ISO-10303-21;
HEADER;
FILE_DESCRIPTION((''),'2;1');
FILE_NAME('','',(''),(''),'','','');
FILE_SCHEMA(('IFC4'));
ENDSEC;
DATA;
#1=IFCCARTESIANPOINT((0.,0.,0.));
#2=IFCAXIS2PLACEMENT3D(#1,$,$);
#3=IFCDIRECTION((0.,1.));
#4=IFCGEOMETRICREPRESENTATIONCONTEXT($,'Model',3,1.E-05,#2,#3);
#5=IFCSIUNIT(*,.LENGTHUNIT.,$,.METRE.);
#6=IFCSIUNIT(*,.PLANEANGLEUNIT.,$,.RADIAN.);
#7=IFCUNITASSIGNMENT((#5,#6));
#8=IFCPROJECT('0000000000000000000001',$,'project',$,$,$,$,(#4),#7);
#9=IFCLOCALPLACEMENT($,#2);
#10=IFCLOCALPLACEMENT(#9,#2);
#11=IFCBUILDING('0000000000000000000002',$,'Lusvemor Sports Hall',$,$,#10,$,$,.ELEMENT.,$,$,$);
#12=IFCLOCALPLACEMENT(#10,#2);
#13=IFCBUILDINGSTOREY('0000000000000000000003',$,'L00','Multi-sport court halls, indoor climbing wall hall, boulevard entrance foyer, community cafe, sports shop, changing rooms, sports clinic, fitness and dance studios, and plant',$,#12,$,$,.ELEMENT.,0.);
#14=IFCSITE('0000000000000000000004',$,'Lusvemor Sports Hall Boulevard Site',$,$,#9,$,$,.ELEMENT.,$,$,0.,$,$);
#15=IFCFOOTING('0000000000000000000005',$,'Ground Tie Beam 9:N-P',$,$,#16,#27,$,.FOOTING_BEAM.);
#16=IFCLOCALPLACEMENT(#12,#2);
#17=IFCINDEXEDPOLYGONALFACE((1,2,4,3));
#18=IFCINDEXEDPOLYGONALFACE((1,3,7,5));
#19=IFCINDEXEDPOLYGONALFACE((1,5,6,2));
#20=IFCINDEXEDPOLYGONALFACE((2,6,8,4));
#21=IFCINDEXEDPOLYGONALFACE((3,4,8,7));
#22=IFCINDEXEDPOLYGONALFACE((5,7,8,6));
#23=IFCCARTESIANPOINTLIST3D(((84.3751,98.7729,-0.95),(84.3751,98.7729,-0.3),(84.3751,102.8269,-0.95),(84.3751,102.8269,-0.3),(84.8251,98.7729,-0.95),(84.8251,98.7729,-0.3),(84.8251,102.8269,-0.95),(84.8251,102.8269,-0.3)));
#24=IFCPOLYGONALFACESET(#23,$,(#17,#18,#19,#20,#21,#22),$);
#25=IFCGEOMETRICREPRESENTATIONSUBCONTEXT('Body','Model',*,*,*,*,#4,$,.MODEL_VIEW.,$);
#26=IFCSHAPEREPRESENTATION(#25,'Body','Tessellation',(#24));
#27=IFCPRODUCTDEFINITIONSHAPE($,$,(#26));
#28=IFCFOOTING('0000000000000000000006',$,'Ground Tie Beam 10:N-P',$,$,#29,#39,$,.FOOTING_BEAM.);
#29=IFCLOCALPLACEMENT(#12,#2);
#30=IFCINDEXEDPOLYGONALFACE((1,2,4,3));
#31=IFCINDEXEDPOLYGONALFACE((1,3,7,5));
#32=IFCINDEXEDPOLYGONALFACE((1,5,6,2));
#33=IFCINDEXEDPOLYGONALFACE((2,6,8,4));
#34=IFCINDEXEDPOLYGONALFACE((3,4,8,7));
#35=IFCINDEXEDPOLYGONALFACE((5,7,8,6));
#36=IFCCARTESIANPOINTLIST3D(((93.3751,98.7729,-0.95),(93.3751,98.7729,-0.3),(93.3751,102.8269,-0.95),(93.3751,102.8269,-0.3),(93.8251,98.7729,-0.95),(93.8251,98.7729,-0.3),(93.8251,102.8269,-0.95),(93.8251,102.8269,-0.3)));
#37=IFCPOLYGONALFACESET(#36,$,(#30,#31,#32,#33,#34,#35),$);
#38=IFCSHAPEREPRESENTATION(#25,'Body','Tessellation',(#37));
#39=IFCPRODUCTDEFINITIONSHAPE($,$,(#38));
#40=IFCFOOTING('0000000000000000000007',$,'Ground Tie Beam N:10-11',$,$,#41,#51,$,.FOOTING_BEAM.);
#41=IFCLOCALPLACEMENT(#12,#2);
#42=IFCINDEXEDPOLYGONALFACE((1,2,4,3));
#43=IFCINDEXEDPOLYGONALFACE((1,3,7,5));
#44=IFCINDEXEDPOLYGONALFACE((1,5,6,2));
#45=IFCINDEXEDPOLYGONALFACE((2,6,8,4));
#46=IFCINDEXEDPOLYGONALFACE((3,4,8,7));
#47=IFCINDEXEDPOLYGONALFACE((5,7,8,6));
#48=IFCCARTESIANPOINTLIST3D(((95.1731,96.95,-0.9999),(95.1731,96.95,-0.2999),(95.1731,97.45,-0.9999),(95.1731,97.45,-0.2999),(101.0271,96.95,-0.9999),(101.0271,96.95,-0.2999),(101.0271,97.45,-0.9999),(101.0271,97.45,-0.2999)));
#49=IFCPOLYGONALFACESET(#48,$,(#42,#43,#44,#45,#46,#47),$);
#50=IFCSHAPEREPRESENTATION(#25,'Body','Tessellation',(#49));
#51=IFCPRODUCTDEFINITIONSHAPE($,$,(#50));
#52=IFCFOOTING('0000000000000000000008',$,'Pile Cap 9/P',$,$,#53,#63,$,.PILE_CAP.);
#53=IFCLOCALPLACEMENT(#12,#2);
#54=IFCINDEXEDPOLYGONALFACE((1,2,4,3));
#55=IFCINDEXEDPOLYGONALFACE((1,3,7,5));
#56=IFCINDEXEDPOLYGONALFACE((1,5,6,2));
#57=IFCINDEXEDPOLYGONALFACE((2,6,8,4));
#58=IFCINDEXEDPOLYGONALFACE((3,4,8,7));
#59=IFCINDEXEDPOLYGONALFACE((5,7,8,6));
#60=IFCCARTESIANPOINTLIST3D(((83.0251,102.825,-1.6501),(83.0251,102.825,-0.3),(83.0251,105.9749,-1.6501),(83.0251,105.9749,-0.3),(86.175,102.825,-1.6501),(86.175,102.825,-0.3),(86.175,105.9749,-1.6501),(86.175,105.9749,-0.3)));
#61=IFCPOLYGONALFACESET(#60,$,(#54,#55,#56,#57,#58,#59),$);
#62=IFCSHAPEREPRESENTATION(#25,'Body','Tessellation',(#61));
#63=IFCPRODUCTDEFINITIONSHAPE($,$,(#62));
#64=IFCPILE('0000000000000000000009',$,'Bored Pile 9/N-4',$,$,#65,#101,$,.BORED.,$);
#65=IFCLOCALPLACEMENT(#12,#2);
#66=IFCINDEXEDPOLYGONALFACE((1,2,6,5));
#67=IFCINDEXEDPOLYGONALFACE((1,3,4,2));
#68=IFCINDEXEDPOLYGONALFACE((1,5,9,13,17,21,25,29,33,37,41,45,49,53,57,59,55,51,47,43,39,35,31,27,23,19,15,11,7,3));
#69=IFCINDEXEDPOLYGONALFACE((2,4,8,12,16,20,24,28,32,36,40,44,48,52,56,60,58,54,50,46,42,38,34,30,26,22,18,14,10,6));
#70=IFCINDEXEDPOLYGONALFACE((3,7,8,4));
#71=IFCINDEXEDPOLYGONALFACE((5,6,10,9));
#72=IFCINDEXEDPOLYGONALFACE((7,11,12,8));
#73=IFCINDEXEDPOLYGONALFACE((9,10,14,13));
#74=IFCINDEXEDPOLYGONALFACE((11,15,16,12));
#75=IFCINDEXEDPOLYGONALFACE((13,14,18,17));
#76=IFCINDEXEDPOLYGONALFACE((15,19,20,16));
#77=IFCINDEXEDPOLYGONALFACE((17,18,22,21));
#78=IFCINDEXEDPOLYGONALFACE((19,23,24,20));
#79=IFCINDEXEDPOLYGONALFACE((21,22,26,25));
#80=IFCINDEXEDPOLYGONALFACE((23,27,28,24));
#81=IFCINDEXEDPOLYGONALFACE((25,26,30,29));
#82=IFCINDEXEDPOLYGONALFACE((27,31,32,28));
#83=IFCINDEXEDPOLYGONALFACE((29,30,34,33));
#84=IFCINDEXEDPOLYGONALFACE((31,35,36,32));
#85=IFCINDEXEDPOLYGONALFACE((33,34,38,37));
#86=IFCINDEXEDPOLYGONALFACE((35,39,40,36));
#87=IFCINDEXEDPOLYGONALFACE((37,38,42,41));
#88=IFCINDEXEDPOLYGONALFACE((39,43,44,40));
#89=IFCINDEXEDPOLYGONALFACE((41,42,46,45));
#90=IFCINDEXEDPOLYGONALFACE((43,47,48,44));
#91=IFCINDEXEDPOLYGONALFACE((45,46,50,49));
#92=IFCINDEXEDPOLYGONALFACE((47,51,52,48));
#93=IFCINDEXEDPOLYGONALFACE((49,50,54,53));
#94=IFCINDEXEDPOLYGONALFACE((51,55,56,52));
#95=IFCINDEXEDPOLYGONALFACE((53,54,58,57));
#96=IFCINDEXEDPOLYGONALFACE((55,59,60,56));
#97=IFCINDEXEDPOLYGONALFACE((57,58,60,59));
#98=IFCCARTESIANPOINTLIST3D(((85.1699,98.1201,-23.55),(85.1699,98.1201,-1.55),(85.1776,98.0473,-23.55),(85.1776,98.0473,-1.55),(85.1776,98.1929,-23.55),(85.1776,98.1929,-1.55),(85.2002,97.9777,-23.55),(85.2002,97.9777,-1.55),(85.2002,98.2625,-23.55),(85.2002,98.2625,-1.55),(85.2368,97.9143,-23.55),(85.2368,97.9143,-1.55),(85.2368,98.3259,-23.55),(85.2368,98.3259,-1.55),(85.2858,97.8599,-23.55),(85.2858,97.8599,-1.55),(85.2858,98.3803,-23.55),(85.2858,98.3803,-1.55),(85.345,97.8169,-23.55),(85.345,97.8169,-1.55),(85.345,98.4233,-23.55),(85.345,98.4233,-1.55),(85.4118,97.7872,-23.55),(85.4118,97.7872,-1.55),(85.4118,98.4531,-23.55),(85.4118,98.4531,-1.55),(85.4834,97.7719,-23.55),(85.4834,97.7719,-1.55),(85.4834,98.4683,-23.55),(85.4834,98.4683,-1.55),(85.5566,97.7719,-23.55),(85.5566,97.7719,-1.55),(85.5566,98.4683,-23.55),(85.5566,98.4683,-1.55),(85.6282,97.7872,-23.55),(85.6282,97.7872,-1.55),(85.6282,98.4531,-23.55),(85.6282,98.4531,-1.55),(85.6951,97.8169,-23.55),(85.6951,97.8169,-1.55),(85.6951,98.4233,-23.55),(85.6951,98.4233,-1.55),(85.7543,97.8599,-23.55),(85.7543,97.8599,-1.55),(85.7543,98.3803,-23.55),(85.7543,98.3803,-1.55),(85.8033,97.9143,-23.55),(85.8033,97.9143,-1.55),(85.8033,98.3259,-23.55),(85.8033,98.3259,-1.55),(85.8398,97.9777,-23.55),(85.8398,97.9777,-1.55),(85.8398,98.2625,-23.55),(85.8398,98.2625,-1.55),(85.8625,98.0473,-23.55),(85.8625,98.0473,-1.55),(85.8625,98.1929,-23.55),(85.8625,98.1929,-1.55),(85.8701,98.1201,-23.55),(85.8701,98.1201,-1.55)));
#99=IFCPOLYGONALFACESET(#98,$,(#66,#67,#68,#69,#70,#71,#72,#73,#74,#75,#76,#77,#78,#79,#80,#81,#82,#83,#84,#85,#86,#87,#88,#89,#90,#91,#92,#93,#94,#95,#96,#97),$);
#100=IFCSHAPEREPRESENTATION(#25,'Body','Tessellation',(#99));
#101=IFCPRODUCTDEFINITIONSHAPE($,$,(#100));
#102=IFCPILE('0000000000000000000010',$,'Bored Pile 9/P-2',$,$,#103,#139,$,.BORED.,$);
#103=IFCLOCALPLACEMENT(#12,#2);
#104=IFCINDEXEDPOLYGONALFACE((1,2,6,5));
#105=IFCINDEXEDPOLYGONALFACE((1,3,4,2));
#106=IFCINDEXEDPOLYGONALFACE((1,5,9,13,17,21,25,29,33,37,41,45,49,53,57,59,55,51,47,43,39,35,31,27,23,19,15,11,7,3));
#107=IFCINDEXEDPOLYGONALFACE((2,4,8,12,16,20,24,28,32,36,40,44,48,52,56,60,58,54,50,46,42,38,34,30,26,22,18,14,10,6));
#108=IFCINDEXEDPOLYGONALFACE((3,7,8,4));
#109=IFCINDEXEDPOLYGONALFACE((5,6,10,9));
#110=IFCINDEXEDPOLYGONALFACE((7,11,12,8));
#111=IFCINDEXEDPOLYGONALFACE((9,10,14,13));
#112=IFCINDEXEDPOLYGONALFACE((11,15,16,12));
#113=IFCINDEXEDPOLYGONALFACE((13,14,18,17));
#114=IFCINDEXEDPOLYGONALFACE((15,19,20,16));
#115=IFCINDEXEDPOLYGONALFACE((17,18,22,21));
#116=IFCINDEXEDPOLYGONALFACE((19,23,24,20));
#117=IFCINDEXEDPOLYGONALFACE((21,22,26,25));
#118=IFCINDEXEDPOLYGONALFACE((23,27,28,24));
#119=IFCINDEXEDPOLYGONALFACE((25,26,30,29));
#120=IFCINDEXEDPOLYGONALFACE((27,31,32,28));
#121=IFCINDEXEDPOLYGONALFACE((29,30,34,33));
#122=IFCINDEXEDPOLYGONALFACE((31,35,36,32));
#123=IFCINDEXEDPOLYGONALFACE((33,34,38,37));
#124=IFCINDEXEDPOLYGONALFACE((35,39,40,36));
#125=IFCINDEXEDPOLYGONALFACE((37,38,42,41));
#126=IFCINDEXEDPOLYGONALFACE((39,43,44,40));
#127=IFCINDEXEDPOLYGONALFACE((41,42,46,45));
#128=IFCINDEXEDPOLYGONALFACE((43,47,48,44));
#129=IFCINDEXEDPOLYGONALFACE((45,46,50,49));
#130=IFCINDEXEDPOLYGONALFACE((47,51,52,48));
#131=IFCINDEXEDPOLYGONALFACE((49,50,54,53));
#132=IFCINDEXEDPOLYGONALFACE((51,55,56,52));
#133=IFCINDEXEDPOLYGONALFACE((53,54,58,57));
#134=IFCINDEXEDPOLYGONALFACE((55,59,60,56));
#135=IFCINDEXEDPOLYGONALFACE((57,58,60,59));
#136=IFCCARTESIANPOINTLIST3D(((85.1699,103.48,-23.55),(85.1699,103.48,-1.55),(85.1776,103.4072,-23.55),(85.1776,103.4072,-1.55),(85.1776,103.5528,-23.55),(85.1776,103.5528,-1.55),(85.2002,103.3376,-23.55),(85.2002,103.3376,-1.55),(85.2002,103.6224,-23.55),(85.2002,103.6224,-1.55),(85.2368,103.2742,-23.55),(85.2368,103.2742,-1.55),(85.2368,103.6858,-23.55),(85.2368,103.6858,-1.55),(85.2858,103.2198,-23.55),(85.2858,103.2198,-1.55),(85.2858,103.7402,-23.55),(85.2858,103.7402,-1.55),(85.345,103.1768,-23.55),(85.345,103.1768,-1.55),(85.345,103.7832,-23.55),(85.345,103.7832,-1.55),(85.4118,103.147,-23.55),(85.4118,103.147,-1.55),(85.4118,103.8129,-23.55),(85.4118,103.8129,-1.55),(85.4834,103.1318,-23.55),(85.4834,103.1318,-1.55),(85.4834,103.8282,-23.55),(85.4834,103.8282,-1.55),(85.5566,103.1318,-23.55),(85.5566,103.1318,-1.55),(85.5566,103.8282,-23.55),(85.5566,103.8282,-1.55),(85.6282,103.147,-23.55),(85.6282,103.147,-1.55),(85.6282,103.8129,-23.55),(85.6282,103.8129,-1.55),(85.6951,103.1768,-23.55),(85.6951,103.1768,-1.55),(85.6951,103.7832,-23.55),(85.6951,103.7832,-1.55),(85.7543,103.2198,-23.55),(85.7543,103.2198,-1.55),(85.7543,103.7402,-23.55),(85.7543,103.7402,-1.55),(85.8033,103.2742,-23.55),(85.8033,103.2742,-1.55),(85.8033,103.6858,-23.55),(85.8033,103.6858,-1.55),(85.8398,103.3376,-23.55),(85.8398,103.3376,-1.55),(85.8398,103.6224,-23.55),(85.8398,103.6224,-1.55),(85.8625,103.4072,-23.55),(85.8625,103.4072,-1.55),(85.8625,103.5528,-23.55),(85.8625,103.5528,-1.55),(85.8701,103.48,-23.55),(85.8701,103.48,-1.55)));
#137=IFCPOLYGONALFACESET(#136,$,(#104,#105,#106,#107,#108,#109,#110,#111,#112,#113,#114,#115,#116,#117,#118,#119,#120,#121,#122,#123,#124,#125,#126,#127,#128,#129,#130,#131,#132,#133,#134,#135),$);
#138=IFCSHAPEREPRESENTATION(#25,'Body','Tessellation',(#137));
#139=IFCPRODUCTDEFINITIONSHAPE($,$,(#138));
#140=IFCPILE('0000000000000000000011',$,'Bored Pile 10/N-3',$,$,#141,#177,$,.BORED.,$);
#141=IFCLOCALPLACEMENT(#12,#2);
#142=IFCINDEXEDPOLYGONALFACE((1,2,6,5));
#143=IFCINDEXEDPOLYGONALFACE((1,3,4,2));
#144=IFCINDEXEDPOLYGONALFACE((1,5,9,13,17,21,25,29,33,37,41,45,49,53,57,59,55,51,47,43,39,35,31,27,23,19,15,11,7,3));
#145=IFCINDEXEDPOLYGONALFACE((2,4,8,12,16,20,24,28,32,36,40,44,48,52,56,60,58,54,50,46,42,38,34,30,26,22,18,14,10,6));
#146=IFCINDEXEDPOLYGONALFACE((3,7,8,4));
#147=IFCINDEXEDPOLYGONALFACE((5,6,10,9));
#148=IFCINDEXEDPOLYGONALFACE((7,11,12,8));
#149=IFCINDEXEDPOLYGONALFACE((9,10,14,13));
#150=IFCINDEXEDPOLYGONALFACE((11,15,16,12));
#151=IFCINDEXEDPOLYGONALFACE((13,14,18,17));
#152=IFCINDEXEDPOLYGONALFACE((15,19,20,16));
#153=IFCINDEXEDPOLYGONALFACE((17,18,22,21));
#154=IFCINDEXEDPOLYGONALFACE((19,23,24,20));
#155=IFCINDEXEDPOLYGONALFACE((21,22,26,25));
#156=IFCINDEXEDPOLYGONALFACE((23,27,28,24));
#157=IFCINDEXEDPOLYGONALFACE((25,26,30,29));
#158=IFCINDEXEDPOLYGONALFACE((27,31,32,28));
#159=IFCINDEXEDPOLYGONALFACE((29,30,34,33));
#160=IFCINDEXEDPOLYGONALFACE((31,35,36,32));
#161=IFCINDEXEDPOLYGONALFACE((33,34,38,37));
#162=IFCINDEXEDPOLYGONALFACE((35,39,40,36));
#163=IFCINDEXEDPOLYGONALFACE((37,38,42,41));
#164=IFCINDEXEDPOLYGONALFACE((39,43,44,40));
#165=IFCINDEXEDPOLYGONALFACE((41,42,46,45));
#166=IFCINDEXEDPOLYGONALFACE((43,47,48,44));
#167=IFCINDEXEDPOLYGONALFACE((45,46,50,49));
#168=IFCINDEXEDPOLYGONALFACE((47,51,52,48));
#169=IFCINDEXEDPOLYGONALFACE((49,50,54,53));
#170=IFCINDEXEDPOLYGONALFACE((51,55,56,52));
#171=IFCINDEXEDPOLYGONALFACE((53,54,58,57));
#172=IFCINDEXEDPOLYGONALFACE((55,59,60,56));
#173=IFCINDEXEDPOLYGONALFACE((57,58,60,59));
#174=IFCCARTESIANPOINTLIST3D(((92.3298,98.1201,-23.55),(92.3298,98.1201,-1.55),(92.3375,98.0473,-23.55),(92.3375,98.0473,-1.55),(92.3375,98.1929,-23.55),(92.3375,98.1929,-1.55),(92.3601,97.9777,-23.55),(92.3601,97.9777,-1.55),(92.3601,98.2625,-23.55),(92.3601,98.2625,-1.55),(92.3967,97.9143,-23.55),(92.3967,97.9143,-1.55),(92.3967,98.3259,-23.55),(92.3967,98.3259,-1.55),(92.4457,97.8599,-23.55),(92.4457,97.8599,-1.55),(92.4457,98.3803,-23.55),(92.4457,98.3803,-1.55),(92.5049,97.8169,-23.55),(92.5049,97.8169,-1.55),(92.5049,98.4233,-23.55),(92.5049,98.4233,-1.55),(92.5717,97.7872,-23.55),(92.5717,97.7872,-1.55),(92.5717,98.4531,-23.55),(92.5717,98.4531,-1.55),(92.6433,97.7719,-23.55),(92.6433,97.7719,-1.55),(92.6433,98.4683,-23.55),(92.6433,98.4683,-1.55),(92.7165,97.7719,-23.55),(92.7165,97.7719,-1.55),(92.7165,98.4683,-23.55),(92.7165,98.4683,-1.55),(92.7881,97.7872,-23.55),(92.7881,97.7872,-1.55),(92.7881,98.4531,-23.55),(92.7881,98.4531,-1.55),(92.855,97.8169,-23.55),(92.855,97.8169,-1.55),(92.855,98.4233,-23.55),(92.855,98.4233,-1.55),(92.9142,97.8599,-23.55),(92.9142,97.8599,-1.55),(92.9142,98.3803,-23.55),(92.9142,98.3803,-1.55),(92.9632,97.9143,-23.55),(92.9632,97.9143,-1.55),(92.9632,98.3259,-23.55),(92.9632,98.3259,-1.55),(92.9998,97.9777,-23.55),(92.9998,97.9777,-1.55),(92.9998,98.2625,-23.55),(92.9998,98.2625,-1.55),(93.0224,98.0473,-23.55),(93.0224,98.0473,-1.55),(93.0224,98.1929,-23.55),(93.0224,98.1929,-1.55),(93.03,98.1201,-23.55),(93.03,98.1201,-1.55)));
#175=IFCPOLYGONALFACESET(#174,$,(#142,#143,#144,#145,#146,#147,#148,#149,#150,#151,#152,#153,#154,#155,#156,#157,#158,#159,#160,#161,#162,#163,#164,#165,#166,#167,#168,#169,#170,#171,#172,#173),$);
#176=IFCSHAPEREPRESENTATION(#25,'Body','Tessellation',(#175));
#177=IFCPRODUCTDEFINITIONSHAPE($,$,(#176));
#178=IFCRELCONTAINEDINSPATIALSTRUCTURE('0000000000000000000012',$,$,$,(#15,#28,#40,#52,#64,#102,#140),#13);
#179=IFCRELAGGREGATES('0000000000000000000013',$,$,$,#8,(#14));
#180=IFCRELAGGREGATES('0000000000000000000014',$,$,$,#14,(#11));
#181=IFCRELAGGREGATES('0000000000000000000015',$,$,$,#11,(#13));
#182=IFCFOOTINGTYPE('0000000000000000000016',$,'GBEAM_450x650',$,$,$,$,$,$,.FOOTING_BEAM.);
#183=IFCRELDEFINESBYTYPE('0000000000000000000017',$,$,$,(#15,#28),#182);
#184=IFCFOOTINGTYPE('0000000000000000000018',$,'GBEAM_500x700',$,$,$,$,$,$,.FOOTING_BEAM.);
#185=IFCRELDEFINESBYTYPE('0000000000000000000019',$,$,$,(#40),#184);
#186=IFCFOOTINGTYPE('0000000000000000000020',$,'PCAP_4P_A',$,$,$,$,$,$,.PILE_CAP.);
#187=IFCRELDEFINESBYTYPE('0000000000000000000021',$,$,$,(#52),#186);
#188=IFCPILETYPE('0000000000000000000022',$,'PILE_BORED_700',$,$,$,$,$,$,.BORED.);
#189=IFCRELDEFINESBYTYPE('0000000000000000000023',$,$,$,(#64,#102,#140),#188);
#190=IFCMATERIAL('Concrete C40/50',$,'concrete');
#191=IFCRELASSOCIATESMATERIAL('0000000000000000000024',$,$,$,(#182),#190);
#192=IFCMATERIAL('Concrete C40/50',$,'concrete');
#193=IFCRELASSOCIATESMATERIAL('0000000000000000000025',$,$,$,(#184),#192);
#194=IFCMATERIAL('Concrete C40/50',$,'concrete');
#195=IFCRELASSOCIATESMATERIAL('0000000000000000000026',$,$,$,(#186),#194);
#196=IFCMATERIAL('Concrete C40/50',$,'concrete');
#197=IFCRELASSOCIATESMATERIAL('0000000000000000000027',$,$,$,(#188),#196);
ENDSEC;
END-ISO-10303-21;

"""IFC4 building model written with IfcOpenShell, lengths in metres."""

from ifc_helpers import new_model, si_unit, direction, frame, origin, origin_2d, place, context, subcontext, project, spatial, rectangle, circle, extrude, material, material_profile, profile_set, type_object, element, save


model = new_model("IFC4")

# Units and contexts
model_context = context("Model", 3, precision=1e-05, world=origin(), true_north=direction((0.0, 1.0)))
body_context = subcontext(model_context, "Body", "Model", "MODEL_VIEW")
ifc_project = project(units=[si_unit("LENGTHUNIT", "METRE"), si_unit("PLANEANGLEUNIT", "RADIAN")], contexts=[model_context])

# Site, building, storey
site_placement = place(None, origin())
site = spatial("IfcSite", under=ifc_project, at=site_placement, Name="Lusvemor Sports Hall Boulevard Site", CompositionType="ELEMENT", RefElevation=0.0)
building_placement = place(site_placement, origin())
building = spatial("IfcBuilding", under=site, at=building_placement, Name="Lusvemor Sports Hall", CompositionType="ELEMENT")
storey_placement = place(building_placement, origin())
storey = spatial("IfcBuildingStorey", under=building, at=storey_placement, Name="L00", Description="Multi-sport court halls, indoor climbing wall hall, boulevard entrance foyer, community cafe, sports shop, changing rooms, sports clinic, fitness and dance studios, and plant", CompositionType="ELEMENT", Elevation=0.0)

# Footings
ifc_material_1 = material(Name="Concrete C40/50", Category="concrete")
ifc_material_profile_1 = material_profile(ifc_material_1, rectangle(XDim=0.45, YDim=0.6499, at=origin_2d()), Name="GB_450x650")
ifc_profile_set_1 = profile_set([ifc_material_profile_1], Name="Concrete C40/50")
footing_type_1 = type_object("IfcFootingType", Name="GBEAM_450x650", PredefinedType="FOOTING_BEAM", material=ifc_profile_set_1)
for number, where, z_axis, x_axis, name in (
    (1, (84.6001, 98.7729, -0.625), (0.0, 1.0, 0.0), (-1.0, 0.0, 0.0), "Ground Tie Beam 9:N-P"),
    (2, (93.6001, 98.7729, -0.625), (0.0, 1.0, 0.0), (-1.0, 0.0, 0.0), "Ground Tie Beam 10:N-P"),
):
    element("IfcFooting", number, at=place(storey_placement, frame(where, z_axis=z_axis, x_axis=x_axis)), inside=storey, type_object=footing_type_1, Name=name, PredefinedType="FOOTING_BEAM", context=body_context, shape_type="SweptSolid", body=[
        extrude(rectangle(XDim=0.45, YDim=0.6499, at=origin_2d()), origin(), (0.0, 0.0, 1.0), 4.054),
    ])
ifc_material_2 = material(Name="Concrete C40/50", Category="concrete")
ifc_material_profile_2 = material_profile(ifc_material_2, rectangle(XDim=0.5, YDim=0.7, at=origin_2d()), Name="GB_500x700")
ifc_profile_set_2 = profile_set([ifc_material_profile_2], Name="Concrete C40/50")
footing_type_2 = type_object("IfcFootingType", Name="GBEAM_500x700", PredefinedType="FOOTING_BEAM", material=ifc_profile_set_2)
footing_1_placement = place(storey_placement, frame((95.1731, 97.2, -0.6499), z_axis=(1.0, 0.0, 0.0), x_axis=(0.0, 1.0, 0.0)))
element("IfcFooting", 3, at=footing_1_placement, inside=storey, type_object=footing_type_2, Name="Ground Tie Beam N:10-11", PredefinedType="FOOTING_BEAM", context=body_context, shape_type="SweptSolid", body=[
    extrude(rectangle(XDim=0.5, YDim=0.7, at=origin_2d()), origin(), (0.0, 0.0, 1.0), 5.854),
])
ifc_material_3 = material(Name="Concrete C40/50", Category="concrete")
footing_type_3 = type_object("IfcFootingType", Name="PCAP_4P_A", PredefinedType="PILE_CAP", material=ifc_material_3)
footing_2_placement = place(storey_placement, frame((84.6001, 104.3999, -1.6501), z_axis=(0.0, 0.0, 1.0), x_axis=(1.0, 0.0, 0.0)))
element("IfcFooting", 4, at=footing_2_placement, inside=storey, type_object=footing_type_3, Name="Pile Cap 9/P", PredefinedType="PILE_CAP", context=body_context, shape_type="SweptSolid", body=[
    extrude(rectangle(XDim=3.1499, YDim=3.1499, at=origin_2d()), origin(), (0.0, 0.0, 1.0), 1.3501),
])

# Piles
ifc_material_4 = material(Name="Concrete C40/50", Category="concrete")
ifc_material_profile_3 = material_profile(ifc_material_4, circle(Radius=0.3501, at=origin_2d()), Name="PILE700")
ifc_profile_set_3 = profile_set([ifc_material_profile_3], Name="Concrete C40/50")
pile_type = type_object("IfcPileType", Name="PILE_BORED_700", PredefinedType="BORED", material=ifc_profile_set_3)
for number, where, z_axis, x_axis, name in (
    (5, (85.52, 98.1201, -1.55), (0.0, 0.0, -1.0), (1.0, 0.0, 0.0), "Bored Pile 9/N-4"),
    (6, (85.52, 103.48, -1.55), (0.0, 0.0, -1.0), (1.0, 0.0, 0.0), "Bored Pile 9/P-2"),
    (7, (92.6799, 98.1201, -1.55), (0.0, 0.0, -1.0), (1.0, 0.0, 0.0), "Bored Pile 10/N-3"),
):
    element("IfcPile", number, at=place(storey_placement, frame(where, z_axis=z_axis, x_axis=x_axis)), inside=storey, type_object=pile_type, Name=name, PredefinedType="BORED", context=body_context, shape_type="SweptSolid", body=[
        extrude(circle(Radius=0.3501, at=origin_2d()), origin(), (0.0, 0.0, 1.0), 22.0),
    ])

save(model, "model.ifc")
